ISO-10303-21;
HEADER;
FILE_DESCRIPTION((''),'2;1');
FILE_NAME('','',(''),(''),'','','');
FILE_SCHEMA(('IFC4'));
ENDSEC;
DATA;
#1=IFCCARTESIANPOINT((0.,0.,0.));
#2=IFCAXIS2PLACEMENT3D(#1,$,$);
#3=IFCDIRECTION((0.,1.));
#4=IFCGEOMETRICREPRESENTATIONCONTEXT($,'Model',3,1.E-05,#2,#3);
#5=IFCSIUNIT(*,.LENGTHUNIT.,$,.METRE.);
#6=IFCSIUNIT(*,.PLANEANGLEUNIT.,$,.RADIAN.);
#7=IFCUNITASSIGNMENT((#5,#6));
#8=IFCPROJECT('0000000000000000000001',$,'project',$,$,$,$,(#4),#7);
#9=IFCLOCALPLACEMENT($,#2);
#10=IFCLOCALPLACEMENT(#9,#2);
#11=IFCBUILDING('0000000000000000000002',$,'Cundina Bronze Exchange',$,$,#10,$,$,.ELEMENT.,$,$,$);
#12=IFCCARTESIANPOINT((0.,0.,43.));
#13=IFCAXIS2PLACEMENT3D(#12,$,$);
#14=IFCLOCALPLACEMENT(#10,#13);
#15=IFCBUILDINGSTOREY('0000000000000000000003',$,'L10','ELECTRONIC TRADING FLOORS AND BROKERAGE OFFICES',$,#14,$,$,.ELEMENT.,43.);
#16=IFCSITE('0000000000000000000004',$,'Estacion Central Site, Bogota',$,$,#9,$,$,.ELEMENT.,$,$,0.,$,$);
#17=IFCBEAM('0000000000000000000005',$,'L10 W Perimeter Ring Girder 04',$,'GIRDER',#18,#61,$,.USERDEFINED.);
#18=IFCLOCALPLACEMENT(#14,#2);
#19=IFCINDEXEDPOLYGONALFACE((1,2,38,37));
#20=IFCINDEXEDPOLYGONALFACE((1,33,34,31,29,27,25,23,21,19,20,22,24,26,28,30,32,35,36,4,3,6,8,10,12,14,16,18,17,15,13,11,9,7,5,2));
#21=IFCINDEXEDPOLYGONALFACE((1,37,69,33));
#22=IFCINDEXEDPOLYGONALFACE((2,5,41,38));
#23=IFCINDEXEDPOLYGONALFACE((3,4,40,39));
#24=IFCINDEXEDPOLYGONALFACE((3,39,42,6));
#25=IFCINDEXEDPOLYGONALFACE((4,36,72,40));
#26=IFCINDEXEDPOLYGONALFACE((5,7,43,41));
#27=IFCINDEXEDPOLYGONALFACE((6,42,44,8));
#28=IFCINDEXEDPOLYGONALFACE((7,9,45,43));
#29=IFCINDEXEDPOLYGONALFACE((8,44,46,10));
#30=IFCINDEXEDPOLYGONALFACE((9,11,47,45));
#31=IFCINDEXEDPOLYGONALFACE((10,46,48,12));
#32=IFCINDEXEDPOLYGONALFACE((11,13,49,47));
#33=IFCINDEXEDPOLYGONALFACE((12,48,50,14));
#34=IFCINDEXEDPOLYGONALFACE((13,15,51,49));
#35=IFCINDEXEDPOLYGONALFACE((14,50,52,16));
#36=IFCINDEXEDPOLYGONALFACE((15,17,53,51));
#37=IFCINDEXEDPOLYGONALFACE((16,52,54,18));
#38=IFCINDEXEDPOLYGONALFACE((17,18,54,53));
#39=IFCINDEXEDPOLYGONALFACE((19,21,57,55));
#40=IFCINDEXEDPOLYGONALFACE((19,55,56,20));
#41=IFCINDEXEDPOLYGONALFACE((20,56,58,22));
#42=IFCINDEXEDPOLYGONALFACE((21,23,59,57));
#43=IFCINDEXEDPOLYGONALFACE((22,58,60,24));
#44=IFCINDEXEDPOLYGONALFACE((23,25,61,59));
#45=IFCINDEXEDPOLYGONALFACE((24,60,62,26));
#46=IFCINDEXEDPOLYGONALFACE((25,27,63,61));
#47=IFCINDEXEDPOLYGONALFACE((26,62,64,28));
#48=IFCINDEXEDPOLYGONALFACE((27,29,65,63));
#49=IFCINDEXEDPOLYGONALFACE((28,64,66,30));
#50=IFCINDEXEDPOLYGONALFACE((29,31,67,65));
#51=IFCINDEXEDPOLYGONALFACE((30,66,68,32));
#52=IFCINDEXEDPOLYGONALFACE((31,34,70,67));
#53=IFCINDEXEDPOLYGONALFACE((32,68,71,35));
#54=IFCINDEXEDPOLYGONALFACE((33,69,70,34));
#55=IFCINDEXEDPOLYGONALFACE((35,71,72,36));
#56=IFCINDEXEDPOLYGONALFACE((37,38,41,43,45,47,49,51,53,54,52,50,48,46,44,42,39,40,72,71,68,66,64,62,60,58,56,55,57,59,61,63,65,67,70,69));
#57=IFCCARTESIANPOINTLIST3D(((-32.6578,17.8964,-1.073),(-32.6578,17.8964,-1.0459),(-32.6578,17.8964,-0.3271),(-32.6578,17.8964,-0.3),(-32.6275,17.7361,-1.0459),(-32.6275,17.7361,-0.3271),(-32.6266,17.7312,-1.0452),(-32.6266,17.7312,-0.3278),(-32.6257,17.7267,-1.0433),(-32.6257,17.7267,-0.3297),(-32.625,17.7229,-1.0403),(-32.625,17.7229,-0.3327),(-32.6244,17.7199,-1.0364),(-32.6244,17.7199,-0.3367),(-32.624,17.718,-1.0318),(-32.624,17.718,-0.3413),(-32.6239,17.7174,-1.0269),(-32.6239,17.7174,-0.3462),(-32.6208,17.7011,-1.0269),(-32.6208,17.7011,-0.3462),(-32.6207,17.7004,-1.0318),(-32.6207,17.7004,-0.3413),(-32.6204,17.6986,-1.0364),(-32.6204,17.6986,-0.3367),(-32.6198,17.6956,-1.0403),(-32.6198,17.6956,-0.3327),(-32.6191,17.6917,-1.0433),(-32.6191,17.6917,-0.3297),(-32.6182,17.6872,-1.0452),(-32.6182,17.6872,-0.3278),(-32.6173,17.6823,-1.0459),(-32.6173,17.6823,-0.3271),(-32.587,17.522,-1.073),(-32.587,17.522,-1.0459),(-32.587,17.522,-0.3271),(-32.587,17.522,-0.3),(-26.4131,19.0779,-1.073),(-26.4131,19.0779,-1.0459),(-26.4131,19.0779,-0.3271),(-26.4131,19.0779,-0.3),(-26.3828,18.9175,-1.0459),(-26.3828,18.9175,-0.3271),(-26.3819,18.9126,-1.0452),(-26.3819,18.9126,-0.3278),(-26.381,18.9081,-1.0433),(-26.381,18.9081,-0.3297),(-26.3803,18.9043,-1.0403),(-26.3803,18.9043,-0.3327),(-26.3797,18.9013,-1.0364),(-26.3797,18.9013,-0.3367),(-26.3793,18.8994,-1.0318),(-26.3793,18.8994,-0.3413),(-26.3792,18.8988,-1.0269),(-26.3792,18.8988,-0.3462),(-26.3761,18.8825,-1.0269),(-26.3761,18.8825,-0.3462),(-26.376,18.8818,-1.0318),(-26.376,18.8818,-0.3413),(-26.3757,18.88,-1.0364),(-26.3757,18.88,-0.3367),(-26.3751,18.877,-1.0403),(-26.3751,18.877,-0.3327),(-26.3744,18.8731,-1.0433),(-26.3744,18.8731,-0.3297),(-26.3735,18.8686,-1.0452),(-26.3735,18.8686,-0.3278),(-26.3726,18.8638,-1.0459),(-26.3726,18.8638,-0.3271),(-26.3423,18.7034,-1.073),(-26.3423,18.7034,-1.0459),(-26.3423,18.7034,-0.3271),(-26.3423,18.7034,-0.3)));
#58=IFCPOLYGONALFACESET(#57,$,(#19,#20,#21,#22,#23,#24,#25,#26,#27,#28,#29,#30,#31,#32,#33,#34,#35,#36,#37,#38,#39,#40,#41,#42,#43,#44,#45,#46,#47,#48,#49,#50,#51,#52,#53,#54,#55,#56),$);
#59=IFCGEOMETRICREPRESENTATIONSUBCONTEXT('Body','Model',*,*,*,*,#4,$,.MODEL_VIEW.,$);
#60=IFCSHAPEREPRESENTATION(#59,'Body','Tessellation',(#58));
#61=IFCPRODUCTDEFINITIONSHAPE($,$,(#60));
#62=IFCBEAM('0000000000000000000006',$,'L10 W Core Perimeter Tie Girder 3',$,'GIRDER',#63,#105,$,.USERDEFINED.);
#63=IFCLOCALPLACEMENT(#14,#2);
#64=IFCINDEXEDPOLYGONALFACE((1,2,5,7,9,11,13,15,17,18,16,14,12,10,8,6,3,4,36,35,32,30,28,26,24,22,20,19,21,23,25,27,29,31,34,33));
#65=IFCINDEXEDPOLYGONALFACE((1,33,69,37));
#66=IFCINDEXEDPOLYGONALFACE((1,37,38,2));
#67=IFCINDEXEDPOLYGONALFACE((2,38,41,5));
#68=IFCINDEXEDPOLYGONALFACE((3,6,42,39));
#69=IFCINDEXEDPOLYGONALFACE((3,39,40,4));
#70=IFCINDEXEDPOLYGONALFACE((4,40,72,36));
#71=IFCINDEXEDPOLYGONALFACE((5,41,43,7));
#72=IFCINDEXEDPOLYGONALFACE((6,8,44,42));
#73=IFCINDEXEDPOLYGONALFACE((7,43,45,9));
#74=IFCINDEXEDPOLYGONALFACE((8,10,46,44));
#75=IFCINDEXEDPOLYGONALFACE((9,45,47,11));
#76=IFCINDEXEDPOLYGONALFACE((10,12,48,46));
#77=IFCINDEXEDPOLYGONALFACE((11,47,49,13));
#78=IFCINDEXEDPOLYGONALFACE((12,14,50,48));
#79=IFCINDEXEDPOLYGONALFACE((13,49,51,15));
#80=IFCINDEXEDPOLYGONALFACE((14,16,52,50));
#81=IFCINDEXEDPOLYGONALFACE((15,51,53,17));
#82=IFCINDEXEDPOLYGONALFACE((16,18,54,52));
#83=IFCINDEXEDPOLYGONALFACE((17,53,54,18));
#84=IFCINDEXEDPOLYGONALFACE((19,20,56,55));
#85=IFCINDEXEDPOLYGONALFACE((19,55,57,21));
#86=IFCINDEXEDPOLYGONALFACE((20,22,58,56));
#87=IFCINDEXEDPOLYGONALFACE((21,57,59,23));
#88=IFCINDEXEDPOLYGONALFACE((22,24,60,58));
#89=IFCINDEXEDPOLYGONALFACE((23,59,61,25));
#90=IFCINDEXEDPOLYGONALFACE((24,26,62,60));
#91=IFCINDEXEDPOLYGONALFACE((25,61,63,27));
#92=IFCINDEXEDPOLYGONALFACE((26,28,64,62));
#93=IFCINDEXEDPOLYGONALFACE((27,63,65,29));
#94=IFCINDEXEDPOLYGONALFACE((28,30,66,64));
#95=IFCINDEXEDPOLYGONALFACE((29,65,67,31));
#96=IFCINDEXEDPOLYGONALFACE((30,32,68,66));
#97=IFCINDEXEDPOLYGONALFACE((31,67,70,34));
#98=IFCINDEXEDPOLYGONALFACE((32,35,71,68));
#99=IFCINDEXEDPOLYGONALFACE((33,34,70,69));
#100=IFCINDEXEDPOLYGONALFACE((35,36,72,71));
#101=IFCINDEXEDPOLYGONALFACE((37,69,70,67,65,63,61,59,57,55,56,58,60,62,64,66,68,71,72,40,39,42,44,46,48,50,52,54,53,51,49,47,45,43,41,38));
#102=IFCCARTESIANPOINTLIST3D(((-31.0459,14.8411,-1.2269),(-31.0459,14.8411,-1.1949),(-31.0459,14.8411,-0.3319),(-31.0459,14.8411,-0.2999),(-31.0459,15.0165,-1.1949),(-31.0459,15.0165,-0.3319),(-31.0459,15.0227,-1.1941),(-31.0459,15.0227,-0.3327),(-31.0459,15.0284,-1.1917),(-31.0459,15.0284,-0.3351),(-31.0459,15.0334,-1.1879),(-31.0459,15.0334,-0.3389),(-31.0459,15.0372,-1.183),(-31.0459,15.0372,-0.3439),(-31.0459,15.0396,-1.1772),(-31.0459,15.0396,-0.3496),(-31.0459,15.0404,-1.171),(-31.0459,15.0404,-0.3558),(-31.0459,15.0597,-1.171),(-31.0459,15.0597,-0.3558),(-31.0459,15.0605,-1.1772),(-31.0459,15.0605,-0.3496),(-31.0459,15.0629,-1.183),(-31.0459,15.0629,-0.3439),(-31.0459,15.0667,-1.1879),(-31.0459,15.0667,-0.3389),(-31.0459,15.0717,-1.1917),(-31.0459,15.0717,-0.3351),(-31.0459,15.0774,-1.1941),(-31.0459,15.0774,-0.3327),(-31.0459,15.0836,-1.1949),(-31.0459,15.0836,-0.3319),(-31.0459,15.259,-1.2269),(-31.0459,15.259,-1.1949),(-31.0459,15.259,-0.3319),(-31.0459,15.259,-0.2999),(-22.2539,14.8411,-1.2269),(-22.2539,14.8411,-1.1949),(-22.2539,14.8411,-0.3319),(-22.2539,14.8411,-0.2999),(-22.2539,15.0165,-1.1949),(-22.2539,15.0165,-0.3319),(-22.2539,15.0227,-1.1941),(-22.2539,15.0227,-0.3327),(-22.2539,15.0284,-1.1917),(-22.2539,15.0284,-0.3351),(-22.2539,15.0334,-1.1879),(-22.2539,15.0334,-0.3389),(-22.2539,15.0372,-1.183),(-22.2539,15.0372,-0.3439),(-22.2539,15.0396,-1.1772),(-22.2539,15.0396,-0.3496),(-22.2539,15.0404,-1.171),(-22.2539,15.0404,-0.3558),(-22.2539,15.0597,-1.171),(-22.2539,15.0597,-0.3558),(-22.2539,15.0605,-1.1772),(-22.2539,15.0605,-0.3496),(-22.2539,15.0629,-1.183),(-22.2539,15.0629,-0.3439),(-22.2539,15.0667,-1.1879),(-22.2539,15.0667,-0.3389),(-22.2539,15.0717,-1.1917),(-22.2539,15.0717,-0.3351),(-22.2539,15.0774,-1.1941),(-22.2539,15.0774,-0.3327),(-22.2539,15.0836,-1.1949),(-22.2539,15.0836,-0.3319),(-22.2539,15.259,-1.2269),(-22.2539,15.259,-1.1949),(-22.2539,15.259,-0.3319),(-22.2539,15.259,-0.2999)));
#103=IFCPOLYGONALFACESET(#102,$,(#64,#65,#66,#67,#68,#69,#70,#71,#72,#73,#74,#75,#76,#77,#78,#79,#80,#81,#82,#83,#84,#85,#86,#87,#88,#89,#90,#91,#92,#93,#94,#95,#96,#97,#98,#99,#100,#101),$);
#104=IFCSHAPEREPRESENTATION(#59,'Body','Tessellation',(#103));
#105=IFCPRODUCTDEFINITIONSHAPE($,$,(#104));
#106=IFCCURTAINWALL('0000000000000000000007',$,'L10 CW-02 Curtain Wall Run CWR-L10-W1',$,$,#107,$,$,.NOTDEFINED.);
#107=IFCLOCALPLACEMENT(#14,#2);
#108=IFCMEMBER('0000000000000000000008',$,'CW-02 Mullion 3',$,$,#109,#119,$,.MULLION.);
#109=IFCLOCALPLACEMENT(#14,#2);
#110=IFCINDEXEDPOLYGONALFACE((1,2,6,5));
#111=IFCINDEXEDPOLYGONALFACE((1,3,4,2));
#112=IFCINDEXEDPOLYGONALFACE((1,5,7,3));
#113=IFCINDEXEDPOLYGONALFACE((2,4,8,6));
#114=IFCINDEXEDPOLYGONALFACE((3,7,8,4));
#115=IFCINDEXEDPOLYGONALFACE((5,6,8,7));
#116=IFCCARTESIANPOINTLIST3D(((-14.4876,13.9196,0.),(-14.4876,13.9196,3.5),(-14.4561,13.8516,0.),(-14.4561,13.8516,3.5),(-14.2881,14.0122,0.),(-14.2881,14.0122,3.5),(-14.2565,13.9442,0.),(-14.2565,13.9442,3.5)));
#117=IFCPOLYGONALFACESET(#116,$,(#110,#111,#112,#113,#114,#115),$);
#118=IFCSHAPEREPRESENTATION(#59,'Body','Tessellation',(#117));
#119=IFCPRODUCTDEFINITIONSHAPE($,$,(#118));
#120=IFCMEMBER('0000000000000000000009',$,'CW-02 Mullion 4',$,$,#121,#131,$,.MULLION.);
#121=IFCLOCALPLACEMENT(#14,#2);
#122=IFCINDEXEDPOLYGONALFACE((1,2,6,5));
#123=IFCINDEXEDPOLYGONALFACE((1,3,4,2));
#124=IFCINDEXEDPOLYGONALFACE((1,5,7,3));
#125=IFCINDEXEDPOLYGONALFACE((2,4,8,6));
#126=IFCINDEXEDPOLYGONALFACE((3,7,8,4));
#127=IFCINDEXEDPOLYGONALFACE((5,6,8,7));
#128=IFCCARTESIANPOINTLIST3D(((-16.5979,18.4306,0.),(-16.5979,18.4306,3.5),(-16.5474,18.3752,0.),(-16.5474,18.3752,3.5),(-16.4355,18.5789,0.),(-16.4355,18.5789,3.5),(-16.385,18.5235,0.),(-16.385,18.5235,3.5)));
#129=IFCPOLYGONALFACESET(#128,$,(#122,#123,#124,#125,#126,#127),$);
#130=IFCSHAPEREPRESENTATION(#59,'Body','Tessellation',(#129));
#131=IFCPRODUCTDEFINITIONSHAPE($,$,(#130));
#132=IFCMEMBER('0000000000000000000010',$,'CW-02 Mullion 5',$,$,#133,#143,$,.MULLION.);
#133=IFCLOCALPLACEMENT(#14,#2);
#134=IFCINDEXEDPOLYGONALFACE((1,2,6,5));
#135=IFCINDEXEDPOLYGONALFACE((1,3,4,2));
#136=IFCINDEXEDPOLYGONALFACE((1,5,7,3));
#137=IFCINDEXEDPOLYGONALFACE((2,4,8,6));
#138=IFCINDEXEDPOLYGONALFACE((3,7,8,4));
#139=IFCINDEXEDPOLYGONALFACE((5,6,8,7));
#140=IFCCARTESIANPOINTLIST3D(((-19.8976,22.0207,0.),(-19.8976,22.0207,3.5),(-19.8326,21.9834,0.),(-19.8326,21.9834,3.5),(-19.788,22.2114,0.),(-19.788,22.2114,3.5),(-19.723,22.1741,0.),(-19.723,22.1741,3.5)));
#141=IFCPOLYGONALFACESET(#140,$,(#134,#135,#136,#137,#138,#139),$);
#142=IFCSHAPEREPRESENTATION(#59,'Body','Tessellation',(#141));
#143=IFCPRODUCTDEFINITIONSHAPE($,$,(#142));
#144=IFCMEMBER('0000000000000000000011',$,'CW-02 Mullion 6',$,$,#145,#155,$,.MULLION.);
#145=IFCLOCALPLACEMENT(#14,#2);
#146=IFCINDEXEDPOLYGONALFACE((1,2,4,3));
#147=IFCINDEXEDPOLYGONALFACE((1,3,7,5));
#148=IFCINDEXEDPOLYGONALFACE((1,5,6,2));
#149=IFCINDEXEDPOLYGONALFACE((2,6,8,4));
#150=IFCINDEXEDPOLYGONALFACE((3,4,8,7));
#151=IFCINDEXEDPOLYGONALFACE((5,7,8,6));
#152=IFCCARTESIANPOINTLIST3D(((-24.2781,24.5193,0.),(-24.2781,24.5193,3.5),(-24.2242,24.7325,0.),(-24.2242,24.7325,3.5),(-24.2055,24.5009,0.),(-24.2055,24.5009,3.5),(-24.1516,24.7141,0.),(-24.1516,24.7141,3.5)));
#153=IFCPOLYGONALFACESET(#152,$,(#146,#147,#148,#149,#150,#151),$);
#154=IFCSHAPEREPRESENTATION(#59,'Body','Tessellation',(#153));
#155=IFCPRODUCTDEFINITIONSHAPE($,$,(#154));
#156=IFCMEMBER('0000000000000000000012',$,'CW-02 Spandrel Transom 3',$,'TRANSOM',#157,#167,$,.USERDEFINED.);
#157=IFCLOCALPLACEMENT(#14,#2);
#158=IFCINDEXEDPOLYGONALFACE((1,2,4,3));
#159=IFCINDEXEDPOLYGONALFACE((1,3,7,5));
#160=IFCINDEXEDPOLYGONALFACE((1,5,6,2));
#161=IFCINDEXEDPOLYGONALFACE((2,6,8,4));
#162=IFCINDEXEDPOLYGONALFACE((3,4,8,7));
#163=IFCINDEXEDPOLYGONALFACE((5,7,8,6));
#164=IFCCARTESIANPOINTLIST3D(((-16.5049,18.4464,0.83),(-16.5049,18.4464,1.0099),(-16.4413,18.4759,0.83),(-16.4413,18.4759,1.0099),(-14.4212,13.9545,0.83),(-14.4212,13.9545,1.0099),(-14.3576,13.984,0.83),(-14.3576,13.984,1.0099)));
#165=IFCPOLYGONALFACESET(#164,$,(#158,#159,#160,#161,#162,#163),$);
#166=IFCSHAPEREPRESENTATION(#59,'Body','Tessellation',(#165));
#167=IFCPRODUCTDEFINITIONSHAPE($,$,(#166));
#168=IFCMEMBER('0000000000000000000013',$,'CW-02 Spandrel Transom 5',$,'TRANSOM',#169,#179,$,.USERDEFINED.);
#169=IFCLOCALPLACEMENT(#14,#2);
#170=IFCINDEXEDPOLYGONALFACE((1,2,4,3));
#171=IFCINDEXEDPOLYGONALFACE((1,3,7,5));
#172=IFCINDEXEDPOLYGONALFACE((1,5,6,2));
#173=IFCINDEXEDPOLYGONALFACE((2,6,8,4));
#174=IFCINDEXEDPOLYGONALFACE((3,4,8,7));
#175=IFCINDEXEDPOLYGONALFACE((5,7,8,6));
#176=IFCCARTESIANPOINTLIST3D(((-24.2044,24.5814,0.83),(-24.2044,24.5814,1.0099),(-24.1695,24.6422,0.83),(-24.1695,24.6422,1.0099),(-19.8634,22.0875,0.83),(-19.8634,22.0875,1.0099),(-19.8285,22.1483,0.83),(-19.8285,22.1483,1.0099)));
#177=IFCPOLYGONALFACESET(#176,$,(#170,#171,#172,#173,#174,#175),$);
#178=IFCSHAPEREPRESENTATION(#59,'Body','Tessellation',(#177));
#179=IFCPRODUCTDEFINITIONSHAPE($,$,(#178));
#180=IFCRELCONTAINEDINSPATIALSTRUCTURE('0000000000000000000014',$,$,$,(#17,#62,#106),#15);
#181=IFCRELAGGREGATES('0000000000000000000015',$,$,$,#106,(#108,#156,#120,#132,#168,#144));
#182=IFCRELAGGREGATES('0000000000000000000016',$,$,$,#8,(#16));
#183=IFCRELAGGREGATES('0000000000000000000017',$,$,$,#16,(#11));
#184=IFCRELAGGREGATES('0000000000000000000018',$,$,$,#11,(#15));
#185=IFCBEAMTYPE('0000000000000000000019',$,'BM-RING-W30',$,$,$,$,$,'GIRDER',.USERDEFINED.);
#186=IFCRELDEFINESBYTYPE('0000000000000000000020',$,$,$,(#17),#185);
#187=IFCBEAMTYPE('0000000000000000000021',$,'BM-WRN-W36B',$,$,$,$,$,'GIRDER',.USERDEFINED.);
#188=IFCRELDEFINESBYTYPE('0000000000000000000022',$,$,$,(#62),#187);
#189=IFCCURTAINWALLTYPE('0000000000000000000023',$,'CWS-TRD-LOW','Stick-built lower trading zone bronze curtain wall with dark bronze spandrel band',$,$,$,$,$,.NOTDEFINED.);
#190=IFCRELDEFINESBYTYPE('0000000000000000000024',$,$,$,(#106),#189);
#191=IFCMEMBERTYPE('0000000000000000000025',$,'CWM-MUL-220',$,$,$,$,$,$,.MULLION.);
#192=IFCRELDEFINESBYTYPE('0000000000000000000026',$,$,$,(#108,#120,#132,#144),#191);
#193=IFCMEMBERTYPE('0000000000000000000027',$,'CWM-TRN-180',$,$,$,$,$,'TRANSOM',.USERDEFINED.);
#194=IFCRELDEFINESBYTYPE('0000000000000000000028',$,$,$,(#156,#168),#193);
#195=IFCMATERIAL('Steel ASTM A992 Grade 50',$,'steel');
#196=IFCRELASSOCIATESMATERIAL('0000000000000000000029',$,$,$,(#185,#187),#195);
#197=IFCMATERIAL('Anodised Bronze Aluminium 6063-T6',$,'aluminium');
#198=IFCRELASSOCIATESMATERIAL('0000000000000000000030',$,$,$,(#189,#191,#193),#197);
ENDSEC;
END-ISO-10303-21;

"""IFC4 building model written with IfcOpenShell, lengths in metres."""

from ifc_helpers import new_model, si_unit, direction, frame, origin, origin_2d, place, context, subcontext, project, spatial, rectangle, i_section, extrude, material, material_profile, profile_set, type_object, element, aggregate, save


model = new_model("IFC4")

# Units and contexts
model_context = context("Model", 3, precision=1e-05, world=origin(), true_north=direction((0.0, 1.0)))
body_context = subcontext(model_context, "Body", "Model", "MODEL_VIEW")
ifc_project = project(units=[si_unit("LENGTHUNIT", "METRE"), si_unit("PLANEANGLEUNIT", "RADIAN")], contexts=[model_context])

# Site, building, storey
site_placement = place(None, origin())
site = spatial("IfcSite", under=ifc_project, at=site_placement, Name="Estacion Central Site, Bogota", CompositionType="ELEMENT", RefElevation=0.0)
building_placement = place(site_placement, origin())
building = spatial("IfcBuilding", under=site, at=building_placement, Name="Cundina Bronze Exchange", CompositionType="ELEMENT")
storey_placement = place(building_placement, frame((0.0, 0.0, 43.0)))
storey = spatial("IfcBuildingStorey", under=building, at=storey_placement, Name="L10", Description="ELECTRONIC TRADING FLOORS AND BROKERAGE OFFICES", CompositionType="ELEMENT", Elevation=43.0)

# Shared definitions
ifc_material_1 = material(Name="Steel ASTM A992 Grade 50", Category="steel")

# Beams
ifc_material_profile_1 = material_profile(ifc_material_1, i_section(OverallWidth=0.3811, OverallDepth=0.7729, WebThickness=0.0166, FlangeThickness=0.0271, FilletRadius=0.019, at=origin_2d()), Name="W30X173", Category="steel")
ifc_profile_set_1 = profile_set([ifc_material_profile_1], Name="Steel ASTM A992 Grade 50")
beam_type_1 = type_object("IfcBeamType", Name="BM-RING-W30", ElementType="GIRDER", PredefinedType="USERDEFINED", material=ifc_profile_set_1)
beam_1_placement = place(storey_placement, frame((-26.3777, 18.8906, -0.6865), z_axis=(-0.982571, -0.185889, 0.0), x_axis=(0.185889, -0.982571, 0.0)))
element("IfcBeam", 1, at=beam_1_placement, inside=storey, type_object=beam_type_1, Name="L10 W Perimeter Ring Girder 04", ObjectType="GIRDER", PredefinedType="USERDEFINED", context=body_context, shape_type="SweptSolid", body=[
    extrude(i_section(OverallWidth=0.3811, OverallDepth=0.7729, WebThickness=0.0166, FlangeThickness=0.0271, FilletRadius=0.019, at=origin_2d()), origin(), (0.0, 0.0, 1.0), 6.3555),
])
ifc_material_profile_2 = material_profile(ifc_material_1, i_section(OverallWidth=0.418, OverallDepth=0.927, WebThickness=0.0193, FlangeThickness=0.032, FilletRadius=0.0239, at=origin_2d()), Name="W36X231", Category="steel")
ifc_profile_set_2 = profile_set([ifc_material_profile_2], Name="Steel ASTM A992 Grade 50")
beam_type_2 = type_object("IfcBeamType", Name="BM-WRN-W36B", ElementType="GIRDER", PredefinedType="USERDEFINED", material=ifc_profile_set_2)
beam_2_placement = place(storey_placement, frame((-22.2539, 15.05, -0.7634), z_axis=(-1.0, 0.0, 0.0), x_axis=(0.0, -1.0, 0.0)))
element("IfcBeam", 2, at=beam_2_placement, inside=storey, type_object=beam_type_2, Name="L10 W Core Perimeter Tie Girder 3", ObjectType="GIRDER", PredefinedType="USERDEFINED", context=body_context, shape_type="SweptSolid", body=[
    extrude(i_section(OverallWidth=0.418, OverallDepth=0.927, WebThickness=0.0193, FlangeThickness=0.032, FilletRadius=0.0239, at=origin_2d()), origin(), (0.0, 0.0, 1.0), 8.792),
])

# Curtain wall, members
ifc_material_2 = material(Name="Anodised Bronze Aluminium 6063-T6", Category="aluminium")
curtain_wall_type = type_object("IfcCurtainWallType", Name="CWS-TRD-LOW", Description="Stick-built lower trading zone bronze curtain wall with dark bronze spandrel band", PredefinedType="NOTDEFINED", material=ifc_material_2)
curtain_wall_placement = place(storey_placement, origin())
curtain_wall = element("IfcCurtainWall", 3, at=curtain_wall_placement, inside=storey, type_object=curtain_wall_type, Name="L10 CW-02 Curtain Wall Run CWR-L10-W1", PredefinedType="NOTDEFINED")
ifc_material_profile_3 = material_profile(ifc_material_2, rectangle(XDim=0.075, YDim=0.22, at=origin_2d()), Name="AL75X220", Category="aluminium")
ifc_profile_set_3 = profile_set([ifc_material_profile_3], Name="Anodised Bronze Aluminium 6063-T6")
member_type_1 = type_object("IfcMemberType", Name="CWM-MUL-220", PredefinedType="MULLION", material=ifc_profile_set_3)
member_1_placement = place(storey_placement, frame((-14.3721, 13.9319, 0.0), z_axis=(0.0, 0.0, 1.0), x_axis=(-0.420877, 0.907117, 0.0)))
member_1 = element("IfcMember", 4, at=member_1_placement, type_object=member_type_1, Name="CW-02 Mullion 3", PredefinedType="MULLION", context=body_context, shape_type="SweptSolid", body=[
    extrude(rectangle(XDim=0.075, YDim=0.22, at=origin_2d()), origin(), (0.0, 0.0, 1.0), 3.5),
])
member_2_placement = place(storey_placement, frame((-16.4915, 18.4771, 0.0), z_axis=(0.0, 0.0, 1.0), x_axis=(-0.674302, 0.738455, 0.0)))
member_2 = element("IfcMember", 5, at=member_2_placement, type_object=member_type_1, Name="CW-02 Mullion 4", PredefinedType="MULLION", context=body_context, shape_type="SweptSolid", body=[
    extrude(rectangle(XDim=0.075, YDim=0.22, at=origin_2d()), origin(), (0.0, 0.0, 1.0), 3.5),
])
member_3_placement = place(storey_placement, frame((-19.8103, 22.0974, 0.0), z_axis=(0.0, 0.0, 1.0), x_axis=(-0.867071, 0.498185, 0.0)))
member_3 = element("IfcMember", 6, at=member_3_placement, type_object=member_type_1, Name="CW-02 Mullion 5", PredefinedType="MULLION", context=body_context, shape_type="SweptSolid", body=[
    extrude(rectangle(XDim=0.075, YDim=0.22, at=origin_2d()), origin(), (0.0, 0.0, 1.0), 3.5),
])
member_4_placement = place(storey_placement, frame((-24.2148, 24.6167, 0.0), z_axis=(0.0, 0.0, 1.0), x_axis=(-0.969488, 0.245138, 0.0)))
member_4 = element("IfcMember", 7, at=member_4_placement, type_object=member_type_1, Name="CW-02 Mullion 6", PredefinedType="MULLION", context=body_context, shape_type="SweptSolid", body=[
    extrude(rectangle(XDim=0.075, YDim=0.22, at=origin_2d()), origin(), (0.0, 0.0, 1.0), 3.5),
])
ifc_material_profile_4 = material_profile(ifc_material_2, rectangle(XDim=0.0701, YDim=0.1799, at=origin_2d()), Name="AL70X180", Category="aluminium")
ifc_profile_set_4 = profile_set([ifc_material_profile_4], Name="Anodised Bronze Aluminium 6063-T6")
member_type_2 = type_object("IfcMemberType", Name="CWM-TRN-180", ElementType="TRANSOM", PredefinedType="USERDEFINED", material=ifc_profile_set_4)
member_5_placement = place(storey_placement, frame((-14.3894, 13.9692, 0.9199), z_axis=(-0.420811, 0.907148, 0.0), x_axis=(-0.907148, -0.420811, 0.0)))
member_5 = element("IfcMember", 8, at=member_5_placement, type_object=member_type_2, Name="CW-02 Spandrel Transom 3", ObjectType="TRANSOM", PredefinedType="USERDEFINED", context=body_context, shape_type="SweptSolid", body=[
    extrude(rectangle(XDim=0.0701, YDim=0.1799, at=origin_2d()), origin(), (0.0, 0.0, 1.0), 4.9517),
])
member_6_placement = place(storey_placement, frame((-19.8459, 22.1179, 0.9199), z_axis=(-0.867097, 0.498139, 0.0), x_axis=(-0.498139, -0.867097, 0.0)))
member_6 = element("IfcMember", 9, at=member_6_placement, type_object=member_type_2, Name="CW-02 Spandrel Transom 5", ObjectType="TRANSOM", PredefinedType="USERDEFINED", context=body_context, shape_type="SweptSolid", body=[
    extrude(rectangle(XDim=0.0701, YDim=0.1799, at=origin_2d()), origin(), (0.0, 0.0, 1.0), 5.0063),
])
aggregate(curtain_wall, [member_1, member_5, member_2, member_3, member_6, member_4])

save(model, "model.ifc")
